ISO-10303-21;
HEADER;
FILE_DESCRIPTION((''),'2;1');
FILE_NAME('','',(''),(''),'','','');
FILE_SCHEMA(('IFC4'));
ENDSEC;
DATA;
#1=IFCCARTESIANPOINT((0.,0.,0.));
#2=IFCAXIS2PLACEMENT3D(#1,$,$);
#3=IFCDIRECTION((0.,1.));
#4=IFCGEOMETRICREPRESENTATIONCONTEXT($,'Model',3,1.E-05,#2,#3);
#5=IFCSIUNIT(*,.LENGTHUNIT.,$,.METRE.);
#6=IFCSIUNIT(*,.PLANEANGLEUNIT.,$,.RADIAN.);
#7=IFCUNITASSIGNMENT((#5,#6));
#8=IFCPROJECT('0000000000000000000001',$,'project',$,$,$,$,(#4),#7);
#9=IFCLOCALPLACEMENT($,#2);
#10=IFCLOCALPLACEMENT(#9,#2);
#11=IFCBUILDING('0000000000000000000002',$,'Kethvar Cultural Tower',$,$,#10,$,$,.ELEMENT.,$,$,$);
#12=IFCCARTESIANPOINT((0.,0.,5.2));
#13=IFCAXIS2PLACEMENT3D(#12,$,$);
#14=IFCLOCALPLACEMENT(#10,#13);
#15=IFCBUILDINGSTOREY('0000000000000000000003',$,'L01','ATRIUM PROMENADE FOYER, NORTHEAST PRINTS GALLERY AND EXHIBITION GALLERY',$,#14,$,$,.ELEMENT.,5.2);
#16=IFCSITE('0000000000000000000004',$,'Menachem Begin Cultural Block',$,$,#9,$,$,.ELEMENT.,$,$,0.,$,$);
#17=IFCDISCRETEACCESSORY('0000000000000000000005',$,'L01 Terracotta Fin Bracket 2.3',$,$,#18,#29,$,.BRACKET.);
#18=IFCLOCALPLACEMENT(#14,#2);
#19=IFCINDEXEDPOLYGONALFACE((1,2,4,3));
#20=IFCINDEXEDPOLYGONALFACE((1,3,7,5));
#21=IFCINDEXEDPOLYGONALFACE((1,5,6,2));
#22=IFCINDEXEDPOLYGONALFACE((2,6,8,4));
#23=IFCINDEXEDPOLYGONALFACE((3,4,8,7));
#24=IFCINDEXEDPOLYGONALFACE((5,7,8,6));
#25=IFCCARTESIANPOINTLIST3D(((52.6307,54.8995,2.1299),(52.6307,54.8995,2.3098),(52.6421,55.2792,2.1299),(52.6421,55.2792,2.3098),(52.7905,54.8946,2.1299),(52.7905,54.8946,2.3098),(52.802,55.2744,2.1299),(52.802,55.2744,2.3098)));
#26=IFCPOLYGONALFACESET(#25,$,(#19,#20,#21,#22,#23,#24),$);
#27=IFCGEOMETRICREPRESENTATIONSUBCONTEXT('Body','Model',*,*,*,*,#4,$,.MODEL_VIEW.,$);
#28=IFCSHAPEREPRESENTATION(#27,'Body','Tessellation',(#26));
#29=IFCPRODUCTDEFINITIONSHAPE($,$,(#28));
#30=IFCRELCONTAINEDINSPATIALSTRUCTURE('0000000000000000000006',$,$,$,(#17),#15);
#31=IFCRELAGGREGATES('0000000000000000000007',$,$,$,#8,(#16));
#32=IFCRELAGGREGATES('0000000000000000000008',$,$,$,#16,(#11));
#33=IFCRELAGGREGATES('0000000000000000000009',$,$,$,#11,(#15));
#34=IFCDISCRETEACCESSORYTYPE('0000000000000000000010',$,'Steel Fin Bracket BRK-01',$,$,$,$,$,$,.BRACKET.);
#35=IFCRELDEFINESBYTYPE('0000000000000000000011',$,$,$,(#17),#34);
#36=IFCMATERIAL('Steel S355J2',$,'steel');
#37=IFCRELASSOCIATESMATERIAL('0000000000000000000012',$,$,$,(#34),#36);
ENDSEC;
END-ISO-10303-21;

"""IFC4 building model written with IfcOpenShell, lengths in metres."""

from ifc_helpers import new_model, si_unit, direction, frame, origin, origin_2d, place, context, subcontext, project, spatial, rectangle, extrude, source, transform, mapped, material, type_object, element, save


model = new_model("IFC4")

# Units and contexts
model_context = context("Model", 3, precision=1e-05, world=origin(), true_north=direction((0.0, 1.0)))
body_context = subcontext(model_context, "Body", "Model", "MODEL_VIEW")
ifc_project = project(units=[si_unit("LENGTHUNIT", "METRE"), si_unit("PLANEANGLEUNIT", "RADIAN")], contexts=[model_context])

# Site, building, storey
site_placement = place(None, origin())
site = spatial("IfcSite", under=ifc_project, at=site_placement, Name="Menachem Begin Cultural Block", CompositionType="ELEMENT", RefElevation=0.0)
building_placement = place(site_placement, origin())
building = spatial("IfcBuilding", under=site, at=building_placement, Name="Kethvar Cultural Tower", CompositionType="ELEMENT")
storey_placement = place(building_placement, frame((0.0, 0.0, 5.2)))
storey = spatial("IfcBuildingStorey", under=building, at=storey_placement, Name="L01", Description="ATRIUM PROMENADE FOYER, NORTHEAST PRINTS GALLERY AND EXHIBITION GALLERY", CompositionType="ELEMENT", Elevation=5.2)

# Shared definitions
ifc_material_1 = material(Name="Steel S355J2", Category="steel")

# Discrete accessory
discrete_accessory_type = type_object("IfcDiscreteAccessoryType", Name="Steel Fin Bracket BRK-01", PredefinedType="BRACKET", material=ifc_material_1)
shared_shape_1 = source(origin(), body_context, "Body", "SweptSolid", [
    extrude(rectangle(XDim=0.3799, YDim=0.1599, at=origin_2d()), origin(), (0.0, 0.0, 1.0), 0.1799),
])
discrete_accessory_placement = place(storey_placement, frame((52.7163, 55.0869, 2.1299), z_axis=(0.0, 0.0, 1.0), x_axis=(0.03019, 0.999544, 0.0)))
element("IfcDiscreteAccessory", 1, at=discrete_accessory_placement, inside=storey, type_object=discrete_accessory_type, Name="L01 Terracotta Fin Bracket 2.3", PredefinedType="BRACKET", context=body_context, shape_type="MappedRepresentation", body=[
    mapped(shared_shape_1, transform((0.0, 0.0, 0.0), scale=1.0)),
])

save(model, "model.ifc")
